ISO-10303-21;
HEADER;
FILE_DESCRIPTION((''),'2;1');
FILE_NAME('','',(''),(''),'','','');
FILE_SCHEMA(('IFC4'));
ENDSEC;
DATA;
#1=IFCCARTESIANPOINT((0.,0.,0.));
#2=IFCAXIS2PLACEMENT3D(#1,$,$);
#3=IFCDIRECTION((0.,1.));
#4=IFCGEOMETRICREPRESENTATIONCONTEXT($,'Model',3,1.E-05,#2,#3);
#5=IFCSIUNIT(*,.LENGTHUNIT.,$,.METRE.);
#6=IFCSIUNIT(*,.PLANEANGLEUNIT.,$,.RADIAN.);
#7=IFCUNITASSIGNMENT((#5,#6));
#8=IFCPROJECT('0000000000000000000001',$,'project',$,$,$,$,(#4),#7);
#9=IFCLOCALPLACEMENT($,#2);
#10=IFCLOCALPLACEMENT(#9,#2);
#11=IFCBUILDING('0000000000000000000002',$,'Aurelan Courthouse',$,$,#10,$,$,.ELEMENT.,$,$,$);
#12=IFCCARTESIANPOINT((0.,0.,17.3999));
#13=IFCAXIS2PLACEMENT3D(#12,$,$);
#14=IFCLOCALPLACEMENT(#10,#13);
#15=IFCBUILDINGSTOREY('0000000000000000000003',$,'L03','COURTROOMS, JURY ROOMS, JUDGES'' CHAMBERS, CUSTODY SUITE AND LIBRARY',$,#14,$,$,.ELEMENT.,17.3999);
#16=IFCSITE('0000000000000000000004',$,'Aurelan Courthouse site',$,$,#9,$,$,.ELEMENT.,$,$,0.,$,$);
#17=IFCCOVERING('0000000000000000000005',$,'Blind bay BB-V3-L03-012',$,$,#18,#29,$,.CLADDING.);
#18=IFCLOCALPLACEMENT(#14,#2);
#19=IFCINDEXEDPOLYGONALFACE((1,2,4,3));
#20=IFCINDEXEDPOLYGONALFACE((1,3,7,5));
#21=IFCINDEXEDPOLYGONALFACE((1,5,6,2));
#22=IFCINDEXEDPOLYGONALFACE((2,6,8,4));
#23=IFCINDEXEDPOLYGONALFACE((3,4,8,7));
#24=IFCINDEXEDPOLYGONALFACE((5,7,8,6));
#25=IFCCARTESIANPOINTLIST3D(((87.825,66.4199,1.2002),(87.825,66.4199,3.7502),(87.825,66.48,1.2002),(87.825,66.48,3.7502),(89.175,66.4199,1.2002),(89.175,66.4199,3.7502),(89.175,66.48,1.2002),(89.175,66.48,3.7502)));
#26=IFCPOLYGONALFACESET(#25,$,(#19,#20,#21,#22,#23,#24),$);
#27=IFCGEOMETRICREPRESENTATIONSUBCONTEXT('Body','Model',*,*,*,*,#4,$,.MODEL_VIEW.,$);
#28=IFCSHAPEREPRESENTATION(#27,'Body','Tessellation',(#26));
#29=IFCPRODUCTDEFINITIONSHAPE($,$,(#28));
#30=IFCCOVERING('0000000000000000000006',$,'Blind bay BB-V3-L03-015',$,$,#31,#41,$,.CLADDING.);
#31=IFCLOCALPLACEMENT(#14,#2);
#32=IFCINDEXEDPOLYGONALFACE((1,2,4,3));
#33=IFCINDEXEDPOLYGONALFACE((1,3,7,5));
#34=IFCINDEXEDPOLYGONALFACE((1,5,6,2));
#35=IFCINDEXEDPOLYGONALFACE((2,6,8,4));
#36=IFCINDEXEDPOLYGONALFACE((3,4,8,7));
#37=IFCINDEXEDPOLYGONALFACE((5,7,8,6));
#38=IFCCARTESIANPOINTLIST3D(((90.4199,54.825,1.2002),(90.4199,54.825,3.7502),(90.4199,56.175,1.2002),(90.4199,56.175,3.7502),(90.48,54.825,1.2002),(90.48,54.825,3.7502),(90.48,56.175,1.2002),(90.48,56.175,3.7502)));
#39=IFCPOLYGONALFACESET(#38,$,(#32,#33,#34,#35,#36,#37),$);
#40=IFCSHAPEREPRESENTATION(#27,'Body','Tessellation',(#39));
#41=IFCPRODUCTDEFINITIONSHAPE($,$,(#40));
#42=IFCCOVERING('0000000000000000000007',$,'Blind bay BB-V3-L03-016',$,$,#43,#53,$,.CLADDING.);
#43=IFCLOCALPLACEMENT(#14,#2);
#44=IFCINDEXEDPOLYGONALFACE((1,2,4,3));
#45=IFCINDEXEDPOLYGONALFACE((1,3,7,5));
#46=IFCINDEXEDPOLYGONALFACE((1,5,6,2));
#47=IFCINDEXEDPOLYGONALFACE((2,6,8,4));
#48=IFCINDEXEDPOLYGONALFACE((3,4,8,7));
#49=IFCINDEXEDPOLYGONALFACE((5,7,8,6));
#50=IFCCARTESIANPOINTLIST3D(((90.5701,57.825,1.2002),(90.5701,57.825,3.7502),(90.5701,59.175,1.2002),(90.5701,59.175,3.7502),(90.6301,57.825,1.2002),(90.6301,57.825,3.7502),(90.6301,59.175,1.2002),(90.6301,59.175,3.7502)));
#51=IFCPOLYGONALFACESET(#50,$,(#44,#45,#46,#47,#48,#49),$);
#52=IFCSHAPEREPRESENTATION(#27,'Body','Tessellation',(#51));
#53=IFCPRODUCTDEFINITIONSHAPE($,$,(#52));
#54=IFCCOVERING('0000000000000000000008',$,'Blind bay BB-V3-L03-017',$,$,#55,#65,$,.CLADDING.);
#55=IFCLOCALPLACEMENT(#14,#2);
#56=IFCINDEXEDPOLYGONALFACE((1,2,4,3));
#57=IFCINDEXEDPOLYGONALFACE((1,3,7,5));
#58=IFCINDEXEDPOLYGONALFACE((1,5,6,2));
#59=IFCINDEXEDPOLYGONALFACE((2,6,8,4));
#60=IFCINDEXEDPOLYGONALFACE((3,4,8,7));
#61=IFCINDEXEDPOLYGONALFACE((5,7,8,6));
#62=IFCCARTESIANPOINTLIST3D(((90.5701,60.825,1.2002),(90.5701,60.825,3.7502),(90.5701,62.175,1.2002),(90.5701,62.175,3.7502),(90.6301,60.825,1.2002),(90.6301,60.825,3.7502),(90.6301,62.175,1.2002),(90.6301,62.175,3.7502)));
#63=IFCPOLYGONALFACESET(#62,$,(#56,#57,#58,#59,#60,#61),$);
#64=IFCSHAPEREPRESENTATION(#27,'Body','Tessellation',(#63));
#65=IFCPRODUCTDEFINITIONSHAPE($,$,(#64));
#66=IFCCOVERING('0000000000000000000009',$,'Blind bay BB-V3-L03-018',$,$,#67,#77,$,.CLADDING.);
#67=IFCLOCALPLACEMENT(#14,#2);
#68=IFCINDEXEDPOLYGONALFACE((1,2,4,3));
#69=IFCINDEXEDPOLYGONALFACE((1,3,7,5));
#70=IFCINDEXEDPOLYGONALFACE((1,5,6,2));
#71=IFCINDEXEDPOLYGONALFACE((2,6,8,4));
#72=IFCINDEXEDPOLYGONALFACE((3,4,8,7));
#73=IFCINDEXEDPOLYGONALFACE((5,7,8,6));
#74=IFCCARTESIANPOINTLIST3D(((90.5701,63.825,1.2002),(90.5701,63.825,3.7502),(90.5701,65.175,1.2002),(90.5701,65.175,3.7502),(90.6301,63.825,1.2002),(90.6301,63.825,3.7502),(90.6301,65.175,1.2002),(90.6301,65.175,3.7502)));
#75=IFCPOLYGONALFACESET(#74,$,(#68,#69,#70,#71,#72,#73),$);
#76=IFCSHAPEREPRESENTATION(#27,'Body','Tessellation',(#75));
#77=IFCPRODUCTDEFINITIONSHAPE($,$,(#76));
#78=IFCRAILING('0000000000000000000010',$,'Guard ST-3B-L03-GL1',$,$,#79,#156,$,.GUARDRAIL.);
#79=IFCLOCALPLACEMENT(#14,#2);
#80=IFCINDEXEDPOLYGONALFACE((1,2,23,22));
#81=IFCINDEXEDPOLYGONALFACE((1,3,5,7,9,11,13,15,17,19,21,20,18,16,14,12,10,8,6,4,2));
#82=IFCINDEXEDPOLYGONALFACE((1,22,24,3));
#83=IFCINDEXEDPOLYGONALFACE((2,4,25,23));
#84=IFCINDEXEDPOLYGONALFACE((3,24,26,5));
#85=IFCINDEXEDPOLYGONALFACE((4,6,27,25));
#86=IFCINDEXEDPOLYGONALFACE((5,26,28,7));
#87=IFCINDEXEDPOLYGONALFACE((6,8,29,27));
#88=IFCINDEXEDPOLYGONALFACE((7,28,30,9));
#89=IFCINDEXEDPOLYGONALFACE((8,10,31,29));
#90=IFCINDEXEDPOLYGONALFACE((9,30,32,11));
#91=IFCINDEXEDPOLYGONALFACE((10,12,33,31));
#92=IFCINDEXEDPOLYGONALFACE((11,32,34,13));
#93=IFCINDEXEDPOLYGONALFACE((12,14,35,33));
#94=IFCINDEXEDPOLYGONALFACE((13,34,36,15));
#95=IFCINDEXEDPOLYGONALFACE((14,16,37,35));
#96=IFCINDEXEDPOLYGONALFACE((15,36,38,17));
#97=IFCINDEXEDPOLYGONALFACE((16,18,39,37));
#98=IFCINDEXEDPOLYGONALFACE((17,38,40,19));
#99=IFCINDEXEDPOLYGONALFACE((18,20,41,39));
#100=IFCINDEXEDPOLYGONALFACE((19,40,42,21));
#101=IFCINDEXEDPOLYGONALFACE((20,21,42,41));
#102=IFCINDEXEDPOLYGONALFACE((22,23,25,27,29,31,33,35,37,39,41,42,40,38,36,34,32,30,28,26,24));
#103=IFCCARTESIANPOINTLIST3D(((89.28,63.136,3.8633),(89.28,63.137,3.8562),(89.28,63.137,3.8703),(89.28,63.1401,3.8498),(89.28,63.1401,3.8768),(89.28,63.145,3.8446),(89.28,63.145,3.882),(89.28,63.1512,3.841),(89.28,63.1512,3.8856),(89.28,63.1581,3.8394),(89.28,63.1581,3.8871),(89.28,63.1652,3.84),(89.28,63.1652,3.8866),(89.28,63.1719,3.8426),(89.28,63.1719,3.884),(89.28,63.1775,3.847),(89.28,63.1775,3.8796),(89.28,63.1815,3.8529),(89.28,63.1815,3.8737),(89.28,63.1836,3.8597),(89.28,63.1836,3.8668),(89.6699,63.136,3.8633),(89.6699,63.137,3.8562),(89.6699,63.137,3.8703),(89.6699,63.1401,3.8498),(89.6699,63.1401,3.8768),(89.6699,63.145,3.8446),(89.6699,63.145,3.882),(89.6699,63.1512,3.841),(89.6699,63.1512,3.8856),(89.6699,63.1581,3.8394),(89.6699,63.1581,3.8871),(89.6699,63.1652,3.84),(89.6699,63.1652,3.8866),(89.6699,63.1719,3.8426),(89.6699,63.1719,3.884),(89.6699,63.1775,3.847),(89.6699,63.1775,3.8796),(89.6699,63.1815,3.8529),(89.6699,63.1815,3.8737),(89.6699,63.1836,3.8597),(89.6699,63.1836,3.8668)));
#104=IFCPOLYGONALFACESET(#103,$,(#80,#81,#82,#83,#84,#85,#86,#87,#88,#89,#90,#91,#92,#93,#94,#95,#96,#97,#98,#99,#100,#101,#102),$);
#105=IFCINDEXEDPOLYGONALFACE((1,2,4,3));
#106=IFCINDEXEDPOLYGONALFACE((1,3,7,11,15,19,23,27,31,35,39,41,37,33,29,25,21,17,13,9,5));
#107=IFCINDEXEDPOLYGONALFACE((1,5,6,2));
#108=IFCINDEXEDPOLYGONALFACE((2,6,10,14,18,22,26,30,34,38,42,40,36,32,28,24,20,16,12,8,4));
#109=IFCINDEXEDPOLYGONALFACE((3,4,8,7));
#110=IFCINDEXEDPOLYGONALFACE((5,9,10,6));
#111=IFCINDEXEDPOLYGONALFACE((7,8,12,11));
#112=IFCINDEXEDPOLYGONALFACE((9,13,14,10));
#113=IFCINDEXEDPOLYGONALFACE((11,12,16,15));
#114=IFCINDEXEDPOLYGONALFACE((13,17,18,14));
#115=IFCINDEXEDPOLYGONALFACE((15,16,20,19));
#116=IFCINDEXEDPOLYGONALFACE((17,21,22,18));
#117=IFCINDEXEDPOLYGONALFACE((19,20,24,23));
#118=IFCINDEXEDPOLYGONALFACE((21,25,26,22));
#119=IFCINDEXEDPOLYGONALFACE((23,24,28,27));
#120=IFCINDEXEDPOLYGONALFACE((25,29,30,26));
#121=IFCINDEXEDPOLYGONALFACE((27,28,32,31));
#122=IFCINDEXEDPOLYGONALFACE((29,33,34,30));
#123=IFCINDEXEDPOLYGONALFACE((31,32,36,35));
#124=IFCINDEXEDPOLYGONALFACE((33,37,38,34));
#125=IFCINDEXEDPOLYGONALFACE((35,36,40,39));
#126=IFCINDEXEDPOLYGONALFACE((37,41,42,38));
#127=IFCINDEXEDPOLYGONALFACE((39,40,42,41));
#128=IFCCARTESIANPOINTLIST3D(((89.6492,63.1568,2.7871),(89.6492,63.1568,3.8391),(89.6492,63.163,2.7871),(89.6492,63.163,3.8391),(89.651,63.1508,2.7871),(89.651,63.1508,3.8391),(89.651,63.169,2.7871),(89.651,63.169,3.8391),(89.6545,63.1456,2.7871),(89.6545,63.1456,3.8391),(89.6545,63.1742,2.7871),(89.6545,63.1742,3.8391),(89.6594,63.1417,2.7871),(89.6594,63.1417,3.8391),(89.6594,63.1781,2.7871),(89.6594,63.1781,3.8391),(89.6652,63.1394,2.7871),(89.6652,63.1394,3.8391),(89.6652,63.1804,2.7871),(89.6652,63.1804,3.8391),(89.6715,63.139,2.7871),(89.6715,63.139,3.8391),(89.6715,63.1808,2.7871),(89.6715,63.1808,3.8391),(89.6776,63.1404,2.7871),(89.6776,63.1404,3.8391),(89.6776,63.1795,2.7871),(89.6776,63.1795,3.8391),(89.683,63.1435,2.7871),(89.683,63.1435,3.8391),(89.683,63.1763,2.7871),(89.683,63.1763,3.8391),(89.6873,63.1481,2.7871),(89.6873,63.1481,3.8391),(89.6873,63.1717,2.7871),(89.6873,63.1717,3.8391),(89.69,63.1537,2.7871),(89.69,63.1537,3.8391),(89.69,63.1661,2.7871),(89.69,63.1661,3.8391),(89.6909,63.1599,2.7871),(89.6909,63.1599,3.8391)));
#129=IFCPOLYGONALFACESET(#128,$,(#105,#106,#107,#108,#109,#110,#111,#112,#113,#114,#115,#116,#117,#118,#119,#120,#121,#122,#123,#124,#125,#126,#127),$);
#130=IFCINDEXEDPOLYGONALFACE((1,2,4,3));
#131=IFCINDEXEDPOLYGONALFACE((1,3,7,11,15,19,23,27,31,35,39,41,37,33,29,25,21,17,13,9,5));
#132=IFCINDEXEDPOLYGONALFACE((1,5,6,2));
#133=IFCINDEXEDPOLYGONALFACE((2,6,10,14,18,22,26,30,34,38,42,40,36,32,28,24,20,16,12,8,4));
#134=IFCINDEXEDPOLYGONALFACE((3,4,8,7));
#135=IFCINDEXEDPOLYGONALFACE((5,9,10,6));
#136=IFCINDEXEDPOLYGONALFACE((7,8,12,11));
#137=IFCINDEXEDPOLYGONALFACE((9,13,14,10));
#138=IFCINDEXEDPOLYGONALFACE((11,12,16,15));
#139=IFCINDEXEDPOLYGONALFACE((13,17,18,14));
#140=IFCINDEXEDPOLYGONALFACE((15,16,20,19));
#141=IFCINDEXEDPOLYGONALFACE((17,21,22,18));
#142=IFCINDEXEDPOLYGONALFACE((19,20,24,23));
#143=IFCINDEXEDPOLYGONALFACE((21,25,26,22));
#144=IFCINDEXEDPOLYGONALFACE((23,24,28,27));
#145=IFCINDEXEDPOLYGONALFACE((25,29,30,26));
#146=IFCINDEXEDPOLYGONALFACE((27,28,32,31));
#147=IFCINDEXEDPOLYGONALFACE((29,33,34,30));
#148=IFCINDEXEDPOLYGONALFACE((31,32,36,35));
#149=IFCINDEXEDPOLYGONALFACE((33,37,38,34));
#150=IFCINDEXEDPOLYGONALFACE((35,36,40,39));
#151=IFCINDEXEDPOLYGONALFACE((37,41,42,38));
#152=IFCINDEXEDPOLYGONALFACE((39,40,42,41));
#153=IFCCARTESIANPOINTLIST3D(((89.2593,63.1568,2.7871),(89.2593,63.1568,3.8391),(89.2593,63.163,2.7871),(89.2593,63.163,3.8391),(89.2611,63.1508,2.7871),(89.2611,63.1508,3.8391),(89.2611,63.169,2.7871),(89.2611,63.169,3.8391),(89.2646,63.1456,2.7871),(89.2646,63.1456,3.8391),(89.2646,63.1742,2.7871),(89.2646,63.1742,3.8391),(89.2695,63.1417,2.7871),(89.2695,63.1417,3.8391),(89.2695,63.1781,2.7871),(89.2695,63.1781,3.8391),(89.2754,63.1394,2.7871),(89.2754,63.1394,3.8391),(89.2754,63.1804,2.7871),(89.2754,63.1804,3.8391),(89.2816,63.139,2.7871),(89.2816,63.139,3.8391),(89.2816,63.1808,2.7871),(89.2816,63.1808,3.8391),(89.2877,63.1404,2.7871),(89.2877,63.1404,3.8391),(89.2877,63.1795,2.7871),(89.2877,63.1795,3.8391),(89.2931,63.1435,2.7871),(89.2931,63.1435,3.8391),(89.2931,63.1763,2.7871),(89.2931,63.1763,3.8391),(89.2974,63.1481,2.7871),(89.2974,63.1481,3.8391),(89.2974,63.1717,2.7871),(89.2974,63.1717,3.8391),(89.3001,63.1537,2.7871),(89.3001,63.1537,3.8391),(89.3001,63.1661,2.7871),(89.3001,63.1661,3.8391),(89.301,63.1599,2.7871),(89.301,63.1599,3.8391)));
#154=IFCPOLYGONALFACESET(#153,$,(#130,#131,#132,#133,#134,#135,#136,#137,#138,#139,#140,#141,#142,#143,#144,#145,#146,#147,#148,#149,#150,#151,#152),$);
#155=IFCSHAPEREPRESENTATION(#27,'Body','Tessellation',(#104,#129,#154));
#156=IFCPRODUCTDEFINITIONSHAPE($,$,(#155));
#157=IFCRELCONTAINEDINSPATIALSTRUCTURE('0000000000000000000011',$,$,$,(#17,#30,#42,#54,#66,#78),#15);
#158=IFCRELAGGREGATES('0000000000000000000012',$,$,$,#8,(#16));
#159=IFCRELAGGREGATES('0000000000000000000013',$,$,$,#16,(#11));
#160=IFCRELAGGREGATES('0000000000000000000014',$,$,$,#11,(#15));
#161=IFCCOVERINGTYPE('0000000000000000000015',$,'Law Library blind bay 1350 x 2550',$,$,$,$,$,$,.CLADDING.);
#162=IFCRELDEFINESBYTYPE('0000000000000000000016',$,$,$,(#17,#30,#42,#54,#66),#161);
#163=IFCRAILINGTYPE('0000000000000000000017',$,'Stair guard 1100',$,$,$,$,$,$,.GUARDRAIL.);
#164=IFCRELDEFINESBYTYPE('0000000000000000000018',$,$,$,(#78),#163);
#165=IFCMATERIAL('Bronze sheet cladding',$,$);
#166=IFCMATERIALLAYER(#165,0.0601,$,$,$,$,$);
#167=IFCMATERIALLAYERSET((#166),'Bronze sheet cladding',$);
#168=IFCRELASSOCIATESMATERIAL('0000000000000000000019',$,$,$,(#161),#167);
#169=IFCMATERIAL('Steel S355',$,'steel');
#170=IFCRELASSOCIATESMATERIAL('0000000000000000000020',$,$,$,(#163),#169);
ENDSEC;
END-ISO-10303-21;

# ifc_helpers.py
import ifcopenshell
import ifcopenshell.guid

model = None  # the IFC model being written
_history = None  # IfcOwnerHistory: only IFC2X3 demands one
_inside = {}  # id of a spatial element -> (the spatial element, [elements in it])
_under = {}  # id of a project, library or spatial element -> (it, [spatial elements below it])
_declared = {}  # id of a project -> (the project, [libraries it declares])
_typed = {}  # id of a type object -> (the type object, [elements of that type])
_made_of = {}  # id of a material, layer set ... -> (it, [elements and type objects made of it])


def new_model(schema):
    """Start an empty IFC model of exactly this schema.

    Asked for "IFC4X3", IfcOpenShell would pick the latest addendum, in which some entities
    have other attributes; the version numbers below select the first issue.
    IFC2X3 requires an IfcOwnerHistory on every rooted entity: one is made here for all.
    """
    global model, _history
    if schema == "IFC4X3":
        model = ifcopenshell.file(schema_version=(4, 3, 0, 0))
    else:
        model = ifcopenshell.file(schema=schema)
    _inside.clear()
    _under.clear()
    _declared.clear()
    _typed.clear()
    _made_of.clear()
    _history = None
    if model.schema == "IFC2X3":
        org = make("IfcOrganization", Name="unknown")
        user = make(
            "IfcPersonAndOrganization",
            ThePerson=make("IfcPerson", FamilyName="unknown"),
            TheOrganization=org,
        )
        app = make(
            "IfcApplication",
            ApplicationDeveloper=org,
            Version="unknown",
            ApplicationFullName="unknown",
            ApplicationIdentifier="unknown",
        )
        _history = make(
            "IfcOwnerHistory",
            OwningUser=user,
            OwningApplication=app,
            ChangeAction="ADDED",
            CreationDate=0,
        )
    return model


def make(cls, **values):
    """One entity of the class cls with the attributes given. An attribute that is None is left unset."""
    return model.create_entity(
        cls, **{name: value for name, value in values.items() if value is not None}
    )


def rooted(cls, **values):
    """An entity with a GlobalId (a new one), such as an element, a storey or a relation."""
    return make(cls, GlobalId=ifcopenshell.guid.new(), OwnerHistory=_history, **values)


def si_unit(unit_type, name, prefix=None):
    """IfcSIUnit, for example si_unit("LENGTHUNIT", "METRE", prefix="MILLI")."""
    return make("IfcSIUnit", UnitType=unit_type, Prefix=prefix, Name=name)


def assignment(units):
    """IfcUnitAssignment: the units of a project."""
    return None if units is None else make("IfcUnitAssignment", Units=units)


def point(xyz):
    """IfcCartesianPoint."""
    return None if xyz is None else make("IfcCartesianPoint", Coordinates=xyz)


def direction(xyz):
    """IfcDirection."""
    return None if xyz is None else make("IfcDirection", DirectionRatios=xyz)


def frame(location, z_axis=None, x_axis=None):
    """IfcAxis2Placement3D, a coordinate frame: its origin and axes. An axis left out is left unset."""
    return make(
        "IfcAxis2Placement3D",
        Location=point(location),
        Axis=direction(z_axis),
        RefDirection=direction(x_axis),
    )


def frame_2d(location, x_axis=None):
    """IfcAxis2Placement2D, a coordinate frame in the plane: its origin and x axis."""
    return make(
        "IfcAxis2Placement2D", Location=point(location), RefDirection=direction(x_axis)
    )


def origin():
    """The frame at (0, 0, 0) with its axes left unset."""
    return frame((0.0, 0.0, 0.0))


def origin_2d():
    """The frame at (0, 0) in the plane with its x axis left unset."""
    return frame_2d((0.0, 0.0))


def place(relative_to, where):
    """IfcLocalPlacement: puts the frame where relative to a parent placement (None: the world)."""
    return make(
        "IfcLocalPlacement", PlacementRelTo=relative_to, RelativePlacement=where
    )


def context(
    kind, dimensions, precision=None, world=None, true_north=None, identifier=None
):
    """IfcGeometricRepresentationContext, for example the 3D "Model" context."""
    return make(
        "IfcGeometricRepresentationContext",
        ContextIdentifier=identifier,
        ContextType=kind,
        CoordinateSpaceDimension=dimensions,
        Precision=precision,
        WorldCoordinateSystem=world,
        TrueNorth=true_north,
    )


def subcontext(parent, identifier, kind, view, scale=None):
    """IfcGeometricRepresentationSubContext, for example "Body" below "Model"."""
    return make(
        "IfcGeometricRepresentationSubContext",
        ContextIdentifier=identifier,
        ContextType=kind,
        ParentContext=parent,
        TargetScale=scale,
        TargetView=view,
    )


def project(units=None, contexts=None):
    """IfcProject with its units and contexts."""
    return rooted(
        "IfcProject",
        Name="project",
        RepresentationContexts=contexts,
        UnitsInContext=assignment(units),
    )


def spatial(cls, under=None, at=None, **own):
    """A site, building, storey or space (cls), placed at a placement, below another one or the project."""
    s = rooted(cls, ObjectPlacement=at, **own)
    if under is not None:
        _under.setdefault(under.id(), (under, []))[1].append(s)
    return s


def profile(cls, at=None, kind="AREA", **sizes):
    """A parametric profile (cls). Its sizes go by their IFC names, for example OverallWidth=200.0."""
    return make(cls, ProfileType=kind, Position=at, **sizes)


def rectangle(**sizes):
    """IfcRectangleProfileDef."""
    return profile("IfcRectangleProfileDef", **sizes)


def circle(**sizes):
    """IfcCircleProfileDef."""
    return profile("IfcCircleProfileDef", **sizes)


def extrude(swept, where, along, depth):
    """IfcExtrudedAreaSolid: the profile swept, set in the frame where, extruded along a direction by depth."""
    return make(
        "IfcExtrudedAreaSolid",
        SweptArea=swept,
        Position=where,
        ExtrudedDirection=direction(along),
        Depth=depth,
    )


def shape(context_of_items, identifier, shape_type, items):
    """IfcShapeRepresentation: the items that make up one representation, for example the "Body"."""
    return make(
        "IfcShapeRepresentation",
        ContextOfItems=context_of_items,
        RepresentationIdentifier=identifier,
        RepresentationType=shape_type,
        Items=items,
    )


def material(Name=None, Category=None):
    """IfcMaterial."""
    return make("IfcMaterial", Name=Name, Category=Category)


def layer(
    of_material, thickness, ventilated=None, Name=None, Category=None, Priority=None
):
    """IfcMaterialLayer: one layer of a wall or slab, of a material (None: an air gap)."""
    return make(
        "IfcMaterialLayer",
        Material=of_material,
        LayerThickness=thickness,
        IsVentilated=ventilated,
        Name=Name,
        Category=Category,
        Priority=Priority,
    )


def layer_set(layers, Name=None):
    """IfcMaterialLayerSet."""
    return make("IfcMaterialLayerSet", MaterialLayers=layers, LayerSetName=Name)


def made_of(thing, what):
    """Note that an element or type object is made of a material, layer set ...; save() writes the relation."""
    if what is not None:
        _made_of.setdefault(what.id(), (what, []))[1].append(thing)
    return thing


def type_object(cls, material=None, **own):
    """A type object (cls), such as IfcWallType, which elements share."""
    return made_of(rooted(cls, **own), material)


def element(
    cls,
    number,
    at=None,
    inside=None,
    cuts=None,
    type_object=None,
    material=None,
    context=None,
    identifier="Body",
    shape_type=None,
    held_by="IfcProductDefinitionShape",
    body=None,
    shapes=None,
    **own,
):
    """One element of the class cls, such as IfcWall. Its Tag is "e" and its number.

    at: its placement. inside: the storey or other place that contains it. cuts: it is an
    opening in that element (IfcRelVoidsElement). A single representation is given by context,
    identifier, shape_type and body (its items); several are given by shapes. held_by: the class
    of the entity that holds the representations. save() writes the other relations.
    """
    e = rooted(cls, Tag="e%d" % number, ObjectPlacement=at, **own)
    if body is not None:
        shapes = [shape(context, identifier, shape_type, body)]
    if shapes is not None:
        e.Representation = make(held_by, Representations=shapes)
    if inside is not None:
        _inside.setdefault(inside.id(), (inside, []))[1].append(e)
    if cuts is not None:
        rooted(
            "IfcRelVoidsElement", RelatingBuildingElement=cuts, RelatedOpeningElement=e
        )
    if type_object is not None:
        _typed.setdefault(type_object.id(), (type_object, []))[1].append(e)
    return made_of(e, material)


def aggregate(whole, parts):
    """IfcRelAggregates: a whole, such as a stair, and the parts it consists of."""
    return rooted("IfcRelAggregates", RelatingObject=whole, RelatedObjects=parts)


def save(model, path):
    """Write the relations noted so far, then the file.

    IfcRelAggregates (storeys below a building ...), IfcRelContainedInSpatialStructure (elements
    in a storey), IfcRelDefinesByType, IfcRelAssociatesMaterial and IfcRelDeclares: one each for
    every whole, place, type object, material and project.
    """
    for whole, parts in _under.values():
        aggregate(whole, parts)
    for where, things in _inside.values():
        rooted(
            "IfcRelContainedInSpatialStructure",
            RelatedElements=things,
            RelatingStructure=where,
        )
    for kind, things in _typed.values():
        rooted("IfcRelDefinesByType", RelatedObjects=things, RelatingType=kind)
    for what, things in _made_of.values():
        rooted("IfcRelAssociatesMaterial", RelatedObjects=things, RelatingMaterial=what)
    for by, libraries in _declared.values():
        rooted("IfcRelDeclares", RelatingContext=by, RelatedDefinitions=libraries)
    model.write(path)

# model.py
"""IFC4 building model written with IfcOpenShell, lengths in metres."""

from ifc_helpers import new_model, si_unit, direction, frame, origin, origin_2d, place, context, subcontext, project, spatial, rectangle, circle, extrude, material, layer, layer_set, type_object, element, save


model = new_model("IFC4")

# Units and contexts
model_context = context("Model", 3, precision=1e-05, world=origin(), true_north=direction((0.0, 1.0)))
body_context = subcontext(model_context, "Body", "Model", "MODEL_VIEW")
ifc_project = project(units=[si_unit("LENGTHUNIT", "METRE"), si_unit("PLANEANGLEUNIT", "RADIAN")], contexts=[model_context])

# Site, building, storey
site_placement = place(None, origin())
site = spatial("IfcSite", under=ifc_project, at=site_placement, Name="Aurelan Courthouse site", CompositionType="ELEMENT", RefElevation=0.0)
building_placement = place(site_placement, origin())
building = spatial("IfcBuilding", under=site, at=building_placement, Name="Aurelan Courthouse", CompositionType="ELEMENT")
storey_placement = place(building_placement, frame((0.0, 0.0, 17.3999)))
storey = spatial("IfcBuildingStorey", under=building, at=storey_placement, Name="L03", Description="COURTROOMS, JURY ROOMS, JUDGES' CHAMBERS, CUSTODY SUITE AND LIBRARY", CompositionType="ELEMENT", Elevation=17.3999)

# Coverings
ifc_material_1 = material(Name="Bronze sheet cladding")
ifc_layer_1 = layer(ifc_material_1, 0.0601)
ifc_layer_set_1 = layer_set([ifc_layer_1], Name="Bronze sheet cladding")
covering_type = type_object("IfcCoveringType", Name="Law Library blind bay 1350 x 2550", PredefinedType="CLADDING", material=ifc_layer_set_1)
covering_placement = place(storey_placement, frame((88.5, 66.45, 1.2002), z_axis=(0.0, 0.0, 1.0), x_axis=(1.0, 0.0, 0.0)))
element("IfcCovering", 1, at=covering_placement, inside=storey, type_object=covering_type, Name="Blind bay BB-V3-L03-012", PredefinedType="CLADDING", context=body_context, shape_type="SweptSolid", body=[
    extrude(rectangle(XDim=1.3501, YDim=0.0601, at=origin_2d()), origin(), (0.0, 0.0, 1.0), 2.55),
])
for number, where, z_axis, x_axis, name in (
    (2, (90.45, 55.5, 1.2002), (0.0, 0.0, 1.0), (1.0, 0.0, 0.0), "Blind bay BB-V3-L03-015"),
    (3, (90.6001, 58.5, 1.2002), (0.0, 0.0, 1.0), (1.0, 0.0, 0.0), "Blind bay BB-V3-L03-016"),
    (4, (90.6001, 61.5, 1.2002), (0.0, 0.0, 1.0), (1.0, 0.0, 0.0), "Blind bay BB-V3-L03-017"),
    (5, (90.6001, 64.5, 1.2002), (0.0, 0.0, 1.0), (1.0, 0.0, 0.0), "Blind bay BB-V3-L03-018"),
):
    element("IfcCovering", number, at=place(storey_placement, frame(where, z_axis=z_axis, x_axis=x_axis)), inside=storey, type_object=covering_type, Name=name, PredefinedType="CLADDING", context=body_context, shape_type="SweptSolid", body=[
        extrude(rectangle(XDim=0.0601, YDim=1.3501, at=origin_2d()), origin(), (0.0, 0.0, 1.0), 2.55),
    ])

# Railing
ifc_material_2 = material(Name="Steel S355", Category="steel")
railing_type_1 = type_object("IfcRailingType", Name="Stair guard 1100", PredefinedType="GUARDRAIL", material=ifc_material_2)
railing_placement = place(storey_placement, frame((89.6699, 63.1599, 2.7871)))
element("IfcRailing", 6, at=railing_placement, inside=storey, type_object=railing_type_1, Name="Guard ST-3B-L03-GL1", PredefinedType="GUARDRAIL", context=body_context, shape_type="SweptSolid", body=[
    extrude(circle(Radius=0.0239, at=origin_2d()), frame((0.0, 0.0, 1.0762), z_axis=(-1.0, 0.0, 0.0), x_axis=(0.0, -1.0, 0.0)), (0.0, 0.0, 1.0), 0.3899),
    extrude(circle(Radius=0.021, at=origin_2d()), origin(), (0.0, 0.0, 1.0), 1.052),
    extrude(circle(Radius=0.021, at=origin_2d()), frame((-0.3899, 0.0, 0.0)), (0.0, 0.0, 1.0), 1.052),
])

save(model, "model.ifc")
